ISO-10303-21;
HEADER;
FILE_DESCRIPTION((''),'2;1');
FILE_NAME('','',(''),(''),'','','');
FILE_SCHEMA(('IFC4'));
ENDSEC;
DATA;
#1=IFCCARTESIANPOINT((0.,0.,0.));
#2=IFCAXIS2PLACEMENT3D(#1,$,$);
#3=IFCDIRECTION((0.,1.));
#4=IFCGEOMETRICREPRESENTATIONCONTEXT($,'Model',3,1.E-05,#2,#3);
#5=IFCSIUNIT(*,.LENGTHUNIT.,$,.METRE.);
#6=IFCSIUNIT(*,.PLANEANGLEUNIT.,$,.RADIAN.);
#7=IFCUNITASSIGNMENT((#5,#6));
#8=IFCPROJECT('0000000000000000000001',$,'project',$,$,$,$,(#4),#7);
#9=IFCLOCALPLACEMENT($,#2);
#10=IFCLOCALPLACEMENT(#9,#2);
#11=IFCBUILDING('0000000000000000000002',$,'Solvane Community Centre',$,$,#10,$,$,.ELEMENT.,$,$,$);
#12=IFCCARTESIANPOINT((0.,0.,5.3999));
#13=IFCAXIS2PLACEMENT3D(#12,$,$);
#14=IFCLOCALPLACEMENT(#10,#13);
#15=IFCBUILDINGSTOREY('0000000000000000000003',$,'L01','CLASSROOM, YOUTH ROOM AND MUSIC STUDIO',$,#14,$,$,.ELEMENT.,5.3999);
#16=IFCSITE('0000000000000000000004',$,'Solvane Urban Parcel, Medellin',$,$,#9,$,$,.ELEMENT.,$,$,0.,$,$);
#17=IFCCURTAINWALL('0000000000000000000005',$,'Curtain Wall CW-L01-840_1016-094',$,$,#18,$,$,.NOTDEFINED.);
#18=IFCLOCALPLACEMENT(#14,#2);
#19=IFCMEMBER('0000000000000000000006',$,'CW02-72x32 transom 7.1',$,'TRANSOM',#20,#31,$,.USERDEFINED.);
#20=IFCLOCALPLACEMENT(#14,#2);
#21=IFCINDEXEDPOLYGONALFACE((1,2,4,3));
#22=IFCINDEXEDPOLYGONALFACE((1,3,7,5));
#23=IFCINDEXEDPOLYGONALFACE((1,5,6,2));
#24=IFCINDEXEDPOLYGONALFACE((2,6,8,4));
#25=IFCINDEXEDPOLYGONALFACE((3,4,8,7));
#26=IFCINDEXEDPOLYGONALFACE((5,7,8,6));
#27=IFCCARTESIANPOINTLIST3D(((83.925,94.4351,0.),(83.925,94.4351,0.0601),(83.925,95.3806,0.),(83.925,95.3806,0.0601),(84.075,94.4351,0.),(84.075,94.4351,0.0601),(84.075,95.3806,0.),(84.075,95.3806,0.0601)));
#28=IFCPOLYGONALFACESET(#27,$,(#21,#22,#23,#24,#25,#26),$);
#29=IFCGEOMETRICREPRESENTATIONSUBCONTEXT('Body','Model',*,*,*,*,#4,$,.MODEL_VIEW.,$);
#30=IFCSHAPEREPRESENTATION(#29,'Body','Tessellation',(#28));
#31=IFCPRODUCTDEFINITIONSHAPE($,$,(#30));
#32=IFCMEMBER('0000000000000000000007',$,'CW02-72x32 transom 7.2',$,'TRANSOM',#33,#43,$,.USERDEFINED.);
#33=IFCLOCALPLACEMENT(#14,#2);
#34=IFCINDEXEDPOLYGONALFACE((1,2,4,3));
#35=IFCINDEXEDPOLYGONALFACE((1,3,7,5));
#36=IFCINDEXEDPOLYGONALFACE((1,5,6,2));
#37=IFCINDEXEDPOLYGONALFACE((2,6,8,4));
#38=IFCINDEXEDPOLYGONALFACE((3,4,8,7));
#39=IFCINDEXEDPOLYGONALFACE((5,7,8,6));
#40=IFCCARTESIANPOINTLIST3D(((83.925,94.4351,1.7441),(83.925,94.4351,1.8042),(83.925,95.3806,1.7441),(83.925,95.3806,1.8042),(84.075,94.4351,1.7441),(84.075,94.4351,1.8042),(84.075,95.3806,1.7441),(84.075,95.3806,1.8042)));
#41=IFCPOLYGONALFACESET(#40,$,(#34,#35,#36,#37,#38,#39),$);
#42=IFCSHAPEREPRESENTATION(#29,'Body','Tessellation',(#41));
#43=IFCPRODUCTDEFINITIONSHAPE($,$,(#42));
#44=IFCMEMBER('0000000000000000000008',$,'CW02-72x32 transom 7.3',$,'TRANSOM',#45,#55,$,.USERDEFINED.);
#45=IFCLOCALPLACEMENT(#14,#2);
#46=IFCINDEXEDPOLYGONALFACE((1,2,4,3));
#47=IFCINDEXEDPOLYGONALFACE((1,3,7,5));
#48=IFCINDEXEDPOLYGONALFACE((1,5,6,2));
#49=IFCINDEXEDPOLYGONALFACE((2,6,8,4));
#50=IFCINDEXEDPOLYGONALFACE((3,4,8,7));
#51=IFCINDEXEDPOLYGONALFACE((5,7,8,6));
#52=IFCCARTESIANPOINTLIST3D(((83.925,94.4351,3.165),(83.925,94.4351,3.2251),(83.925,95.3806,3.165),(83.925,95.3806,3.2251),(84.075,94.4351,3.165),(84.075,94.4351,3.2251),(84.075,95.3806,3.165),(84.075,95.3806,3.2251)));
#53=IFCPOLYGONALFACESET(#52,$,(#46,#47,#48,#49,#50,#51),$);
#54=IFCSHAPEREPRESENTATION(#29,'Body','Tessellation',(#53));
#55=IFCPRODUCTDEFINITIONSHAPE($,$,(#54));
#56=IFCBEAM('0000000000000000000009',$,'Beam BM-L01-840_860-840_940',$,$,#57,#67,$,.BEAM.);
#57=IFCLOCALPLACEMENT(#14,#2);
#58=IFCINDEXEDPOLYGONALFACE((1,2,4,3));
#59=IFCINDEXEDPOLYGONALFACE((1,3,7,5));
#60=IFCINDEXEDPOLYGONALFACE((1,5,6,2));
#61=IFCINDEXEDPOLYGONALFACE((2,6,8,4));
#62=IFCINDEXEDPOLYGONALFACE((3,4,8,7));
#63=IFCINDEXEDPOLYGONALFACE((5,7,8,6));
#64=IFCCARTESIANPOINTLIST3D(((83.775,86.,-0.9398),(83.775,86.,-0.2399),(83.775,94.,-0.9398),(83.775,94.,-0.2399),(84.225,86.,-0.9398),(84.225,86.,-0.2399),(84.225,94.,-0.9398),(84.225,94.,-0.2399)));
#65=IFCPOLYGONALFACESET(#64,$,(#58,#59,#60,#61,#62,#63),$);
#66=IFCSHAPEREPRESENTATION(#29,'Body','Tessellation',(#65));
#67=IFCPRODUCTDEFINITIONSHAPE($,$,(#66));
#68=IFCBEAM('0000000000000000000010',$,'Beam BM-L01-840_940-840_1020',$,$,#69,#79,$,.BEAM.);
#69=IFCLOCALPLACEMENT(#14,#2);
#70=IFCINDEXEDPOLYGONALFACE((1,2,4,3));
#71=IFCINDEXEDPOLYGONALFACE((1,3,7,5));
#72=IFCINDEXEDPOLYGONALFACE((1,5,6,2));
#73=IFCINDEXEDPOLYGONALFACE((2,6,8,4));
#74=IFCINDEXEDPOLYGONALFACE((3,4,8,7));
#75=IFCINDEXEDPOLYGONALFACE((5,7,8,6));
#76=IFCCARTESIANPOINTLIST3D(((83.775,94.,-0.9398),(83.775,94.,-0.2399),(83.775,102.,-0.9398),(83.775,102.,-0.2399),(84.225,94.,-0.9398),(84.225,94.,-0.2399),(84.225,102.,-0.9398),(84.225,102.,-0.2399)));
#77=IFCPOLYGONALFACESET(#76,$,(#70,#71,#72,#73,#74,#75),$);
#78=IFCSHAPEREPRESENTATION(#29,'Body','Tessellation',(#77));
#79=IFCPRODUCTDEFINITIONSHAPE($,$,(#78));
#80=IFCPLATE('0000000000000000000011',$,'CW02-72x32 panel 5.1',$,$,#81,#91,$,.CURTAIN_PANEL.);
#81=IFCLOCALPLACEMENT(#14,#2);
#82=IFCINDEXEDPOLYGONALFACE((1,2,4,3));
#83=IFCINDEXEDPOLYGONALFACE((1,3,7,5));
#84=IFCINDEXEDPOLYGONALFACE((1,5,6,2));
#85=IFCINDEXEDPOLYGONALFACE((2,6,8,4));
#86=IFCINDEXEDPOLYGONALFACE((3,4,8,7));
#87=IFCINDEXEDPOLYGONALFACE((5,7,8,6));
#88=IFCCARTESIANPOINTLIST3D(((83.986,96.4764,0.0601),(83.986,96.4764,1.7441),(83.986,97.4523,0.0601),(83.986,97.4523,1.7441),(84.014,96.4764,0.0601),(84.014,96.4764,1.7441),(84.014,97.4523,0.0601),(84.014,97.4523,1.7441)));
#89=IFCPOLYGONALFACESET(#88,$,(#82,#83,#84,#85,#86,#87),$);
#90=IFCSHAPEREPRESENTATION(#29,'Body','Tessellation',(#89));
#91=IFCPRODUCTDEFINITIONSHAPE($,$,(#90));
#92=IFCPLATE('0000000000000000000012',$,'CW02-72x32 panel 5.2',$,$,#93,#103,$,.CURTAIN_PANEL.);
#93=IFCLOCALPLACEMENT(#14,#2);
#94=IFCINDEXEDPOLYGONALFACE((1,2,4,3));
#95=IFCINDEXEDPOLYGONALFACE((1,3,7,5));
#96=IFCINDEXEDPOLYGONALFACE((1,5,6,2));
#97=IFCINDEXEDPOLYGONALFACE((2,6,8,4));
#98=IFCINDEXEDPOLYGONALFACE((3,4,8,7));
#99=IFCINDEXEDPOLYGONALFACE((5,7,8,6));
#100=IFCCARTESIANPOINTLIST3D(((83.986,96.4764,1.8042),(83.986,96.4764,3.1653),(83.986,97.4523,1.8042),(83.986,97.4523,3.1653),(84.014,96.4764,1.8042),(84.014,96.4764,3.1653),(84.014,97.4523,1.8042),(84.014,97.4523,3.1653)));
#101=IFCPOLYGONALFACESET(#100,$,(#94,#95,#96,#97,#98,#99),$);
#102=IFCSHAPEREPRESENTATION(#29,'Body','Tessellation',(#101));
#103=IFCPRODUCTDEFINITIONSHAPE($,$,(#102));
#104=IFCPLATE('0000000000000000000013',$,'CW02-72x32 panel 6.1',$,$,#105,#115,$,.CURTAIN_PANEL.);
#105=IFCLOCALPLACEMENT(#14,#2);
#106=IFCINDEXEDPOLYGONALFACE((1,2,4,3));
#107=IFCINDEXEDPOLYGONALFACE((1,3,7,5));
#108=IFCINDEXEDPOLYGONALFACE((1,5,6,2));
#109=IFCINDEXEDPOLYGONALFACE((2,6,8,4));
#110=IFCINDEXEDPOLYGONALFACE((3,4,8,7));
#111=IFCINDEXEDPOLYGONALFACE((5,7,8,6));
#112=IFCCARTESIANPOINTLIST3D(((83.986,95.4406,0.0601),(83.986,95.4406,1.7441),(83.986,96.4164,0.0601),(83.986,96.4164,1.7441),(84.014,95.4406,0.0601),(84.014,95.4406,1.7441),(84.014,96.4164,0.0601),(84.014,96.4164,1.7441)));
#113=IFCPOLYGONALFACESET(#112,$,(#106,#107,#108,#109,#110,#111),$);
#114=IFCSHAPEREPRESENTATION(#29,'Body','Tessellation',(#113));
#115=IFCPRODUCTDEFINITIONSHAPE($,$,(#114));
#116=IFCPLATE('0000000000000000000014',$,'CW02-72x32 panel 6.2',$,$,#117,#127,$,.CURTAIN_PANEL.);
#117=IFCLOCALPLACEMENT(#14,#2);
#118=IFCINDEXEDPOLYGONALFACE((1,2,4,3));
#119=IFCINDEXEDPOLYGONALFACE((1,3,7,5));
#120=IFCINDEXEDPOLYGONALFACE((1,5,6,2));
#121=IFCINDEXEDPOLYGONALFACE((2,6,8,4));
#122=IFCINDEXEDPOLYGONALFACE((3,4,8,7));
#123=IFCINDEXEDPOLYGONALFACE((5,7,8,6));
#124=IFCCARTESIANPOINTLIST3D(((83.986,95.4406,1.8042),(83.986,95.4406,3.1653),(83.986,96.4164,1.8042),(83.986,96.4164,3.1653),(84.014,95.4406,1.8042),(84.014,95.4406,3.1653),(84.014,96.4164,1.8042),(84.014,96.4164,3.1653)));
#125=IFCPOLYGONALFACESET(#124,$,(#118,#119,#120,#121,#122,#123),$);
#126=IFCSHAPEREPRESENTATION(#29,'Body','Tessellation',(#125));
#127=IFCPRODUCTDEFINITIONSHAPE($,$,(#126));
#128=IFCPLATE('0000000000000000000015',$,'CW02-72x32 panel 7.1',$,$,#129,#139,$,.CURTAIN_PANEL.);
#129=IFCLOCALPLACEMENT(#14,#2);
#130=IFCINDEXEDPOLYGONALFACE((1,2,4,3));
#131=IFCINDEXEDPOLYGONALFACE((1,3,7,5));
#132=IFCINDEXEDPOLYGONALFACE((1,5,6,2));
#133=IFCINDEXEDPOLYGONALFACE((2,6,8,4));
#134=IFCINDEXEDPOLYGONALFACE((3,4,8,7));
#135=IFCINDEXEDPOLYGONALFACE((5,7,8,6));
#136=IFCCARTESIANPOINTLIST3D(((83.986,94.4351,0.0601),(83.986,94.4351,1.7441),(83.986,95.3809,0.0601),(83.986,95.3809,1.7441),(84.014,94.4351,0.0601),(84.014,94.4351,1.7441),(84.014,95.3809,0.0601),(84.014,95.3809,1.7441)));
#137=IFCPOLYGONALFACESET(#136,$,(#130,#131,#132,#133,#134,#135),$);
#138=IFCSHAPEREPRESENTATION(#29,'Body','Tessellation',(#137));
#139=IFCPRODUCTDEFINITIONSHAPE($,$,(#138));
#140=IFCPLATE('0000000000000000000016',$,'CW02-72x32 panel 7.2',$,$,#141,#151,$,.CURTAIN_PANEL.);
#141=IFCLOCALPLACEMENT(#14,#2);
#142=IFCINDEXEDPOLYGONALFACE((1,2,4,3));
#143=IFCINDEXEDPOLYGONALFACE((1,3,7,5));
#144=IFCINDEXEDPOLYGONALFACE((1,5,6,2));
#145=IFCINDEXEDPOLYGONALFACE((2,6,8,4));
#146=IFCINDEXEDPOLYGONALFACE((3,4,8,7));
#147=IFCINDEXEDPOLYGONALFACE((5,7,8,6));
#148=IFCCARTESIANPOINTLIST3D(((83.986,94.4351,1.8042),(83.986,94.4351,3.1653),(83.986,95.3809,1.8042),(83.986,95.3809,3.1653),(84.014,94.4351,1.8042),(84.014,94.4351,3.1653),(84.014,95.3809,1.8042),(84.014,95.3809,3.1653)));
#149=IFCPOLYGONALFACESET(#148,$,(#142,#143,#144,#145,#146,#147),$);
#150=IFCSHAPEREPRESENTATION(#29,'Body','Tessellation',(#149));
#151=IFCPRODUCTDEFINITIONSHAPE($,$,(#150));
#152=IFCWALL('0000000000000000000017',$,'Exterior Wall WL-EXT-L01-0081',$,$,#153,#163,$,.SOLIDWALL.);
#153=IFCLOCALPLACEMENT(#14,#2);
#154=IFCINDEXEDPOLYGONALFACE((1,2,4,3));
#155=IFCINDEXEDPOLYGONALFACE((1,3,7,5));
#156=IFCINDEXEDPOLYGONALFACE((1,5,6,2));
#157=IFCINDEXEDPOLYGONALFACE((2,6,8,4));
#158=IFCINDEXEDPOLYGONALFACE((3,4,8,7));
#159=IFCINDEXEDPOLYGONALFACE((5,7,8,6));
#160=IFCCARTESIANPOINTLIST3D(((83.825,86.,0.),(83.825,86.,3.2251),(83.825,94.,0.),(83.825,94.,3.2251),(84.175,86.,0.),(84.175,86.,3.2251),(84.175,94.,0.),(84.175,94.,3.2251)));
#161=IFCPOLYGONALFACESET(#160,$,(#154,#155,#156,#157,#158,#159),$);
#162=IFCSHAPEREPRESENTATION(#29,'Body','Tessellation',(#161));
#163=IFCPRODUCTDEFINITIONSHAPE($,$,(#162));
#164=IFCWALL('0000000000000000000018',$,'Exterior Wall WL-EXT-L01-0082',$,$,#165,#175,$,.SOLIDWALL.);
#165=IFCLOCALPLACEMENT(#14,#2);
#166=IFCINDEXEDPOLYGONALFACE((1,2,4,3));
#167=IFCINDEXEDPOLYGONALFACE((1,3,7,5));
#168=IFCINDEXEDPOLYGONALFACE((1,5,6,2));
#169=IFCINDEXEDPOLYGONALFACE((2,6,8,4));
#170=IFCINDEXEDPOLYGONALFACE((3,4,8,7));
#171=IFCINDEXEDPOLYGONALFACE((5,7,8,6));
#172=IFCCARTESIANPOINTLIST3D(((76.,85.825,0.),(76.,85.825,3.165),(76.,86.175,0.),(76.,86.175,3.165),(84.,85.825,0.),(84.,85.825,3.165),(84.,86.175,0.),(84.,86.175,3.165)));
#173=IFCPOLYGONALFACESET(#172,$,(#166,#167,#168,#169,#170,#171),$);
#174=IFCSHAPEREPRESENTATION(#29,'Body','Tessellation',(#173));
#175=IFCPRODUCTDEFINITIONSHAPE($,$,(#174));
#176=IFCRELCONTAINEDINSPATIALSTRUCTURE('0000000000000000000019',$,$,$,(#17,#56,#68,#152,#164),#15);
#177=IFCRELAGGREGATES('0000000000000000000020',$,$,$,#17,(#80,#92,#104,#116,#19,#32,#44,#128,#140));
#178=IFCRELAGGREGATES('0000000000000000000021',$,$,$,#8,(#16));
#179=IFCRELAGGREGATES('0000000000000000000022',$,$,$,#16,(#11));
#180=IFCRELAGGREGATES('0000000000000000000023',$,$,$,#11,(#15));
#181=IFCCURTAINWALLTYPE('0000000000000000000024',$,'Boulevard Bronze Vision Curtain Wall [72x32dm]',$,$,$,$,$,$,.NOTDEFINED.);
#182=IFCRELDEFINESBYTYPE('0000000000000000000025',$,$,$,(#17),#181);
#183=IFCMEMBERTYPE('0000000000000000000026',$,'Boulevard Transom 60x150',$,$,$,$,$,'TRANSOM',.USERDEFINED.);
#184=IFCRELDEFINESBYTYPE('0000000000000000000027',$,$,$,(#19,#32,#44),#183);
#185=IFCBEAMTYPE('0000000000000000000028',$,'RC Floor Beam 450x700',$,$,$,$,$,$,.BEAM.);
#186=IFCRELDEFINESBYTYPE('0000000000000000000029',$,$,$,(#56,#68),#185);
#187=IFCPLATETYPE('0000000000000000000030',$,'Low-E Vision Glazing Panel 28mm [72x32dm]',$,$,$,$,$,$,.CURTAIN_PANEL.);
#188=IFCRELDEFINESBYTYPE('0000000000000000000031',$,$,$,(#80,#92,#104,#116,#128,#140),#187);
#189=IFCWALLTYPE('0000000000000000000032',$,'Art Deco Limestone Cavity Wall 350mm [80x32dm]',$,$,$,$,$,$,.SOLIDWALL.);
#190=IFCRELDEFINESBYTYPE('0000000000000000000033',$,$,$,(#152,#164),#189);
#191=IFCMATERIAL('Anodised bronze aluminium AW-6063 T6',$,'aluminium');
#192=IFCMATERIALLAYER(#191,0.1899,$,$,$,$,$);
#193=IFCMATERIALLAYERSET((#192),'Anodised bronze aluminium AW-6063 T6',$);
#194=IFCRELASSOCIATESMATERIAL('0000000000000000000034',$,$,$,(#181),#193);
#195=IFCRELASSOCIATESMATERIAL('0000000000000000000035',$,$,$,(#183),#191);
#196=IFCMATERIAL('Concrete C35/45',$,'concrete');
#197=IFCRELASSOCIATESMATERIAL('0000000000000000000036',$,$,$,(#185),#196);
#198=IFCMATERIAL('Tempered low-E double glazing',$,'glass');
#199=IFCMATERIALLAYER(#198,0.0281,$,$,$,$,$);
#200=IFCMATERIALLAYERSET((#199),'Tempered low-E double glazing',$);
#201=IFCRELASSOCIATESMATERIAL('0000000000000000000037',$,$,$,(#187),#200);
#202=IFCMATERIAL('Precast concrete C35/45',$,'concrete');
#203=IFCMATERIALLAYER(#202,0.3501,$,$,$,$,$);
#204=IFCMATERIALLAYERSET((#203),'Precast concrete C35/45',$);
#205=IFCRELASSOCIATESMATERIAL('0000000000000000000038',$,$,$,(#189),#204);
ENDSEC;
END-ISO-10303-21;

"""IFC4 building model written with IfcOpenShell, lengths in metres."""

from ifc_helpers import new_model, si_unit, direction, frame, frame_2d, origin, origin_2d, place, context, subcontext, project, spatial, rectangle, extrude, material, layer, layer_set, material_profile, profile_set, type_object, element, aggregate, save


model = new_model("IFC4")

# Units and contexts
model_context = context("Model", 3, precision=1e-05, world=origin(), true_north=direction((0.0, 1.0)))
body_context = subcontext(model_context, "Body", "Model", "MODEL_VIEW")
ifc_project = project(units=[si_unit("LENGTHUNIT", "METRE"), si_unit("PLANEANGLEUNIT", "RADIAN")], contexts=[model_context])

# Site, building, storey
site_placement = place(None, origin())
site = spatial("IfcSite", under=ifc_project, at=site_placement, Name="Solvane Urban Parcel, Medellin", CompositionType="ELEMENT", RefElevation=0.0)
building_placement = place(site_placement, origin())
building = spatial("IfcBuilding", under=site, at=building_placement, Name="Solvane Community Centre", CompositionType="ELEMENT")
storey_placement = place(building_placement, frame((0.0, 0.0, 5.3999)))
storey = spatial("IfcBuildingStorey", under=building, at=storey_placement, Name="L01", Description="CLASSROOM, YOUTH ROOM AND MUSIC STUDIO", CompositionType="ELEMENT", Elevation=5.3999)

# Shared definitions
ifc_material_1 = material(Name="Concrete C35/45", Category="concrete")

# Curtain wall, members
ifc_material_2 = material(Name="Anodised bronze aluminium AW-6063 T6", Category="aluminium")
ifc_layer_1 = layer(ifc_material_2, 0.1899)
ifc_layer_set_1 = layer_set([ifc_layer_1], Name="Anodised bronze aluminium AW-6063 T6")
curtain_wall_type = type_object("IfcCurtainWallType", Name="Boulevard Bronze Vision Curtain Wall [72x32dm]", PredefinedType="NOTDEFINED", material=ifc_layer_set_1)
curtain_wall_placement = place(storey_placement, origin())
curtain_wall = element("IfcCurtainWall", 1, at=curtain_wall_placement, inside=storey, type_object=curtain_wall_type, Name="Curtain Wall CW-L01-840_1016-094", PredefinedType="NOTDEFINED")
ifc_material_profile_1 = material_profile(ifc_material_2, rectangle(XDim=0.1499, YDim=0.0601, at=origin_2d()), Name="CW-T 60x150")
ifc_profile_set_1 = profile_set([ifc_material_profile_1], Name="Anodised bronze aluminium AW-6063 T6")
member_type_1 = type_object("IfcMemberType", Name="Boulevard Transom 60x150", ElementType="TRANSOM", PredefinedType="USERDEFINED", material=ifc_profile_set_1)
member_1_placement = place(storey_placement, frame((84.0, 95.3806, 0.03), z_axis=(0.0, -1.0, 0.0), x_axis=(1.0, 0.0, 0.0)))
member_1 = element("IfcMember", 2, at=member_1_placement, type_object=member_type_1, Name="CW02-72x32 transom 7.1", ObjectType="TRANSOM", PredefinedType="USERDEFINED", context=body_context, shape_type="SweptSolid", body=[
    extrude(rectangle(XDim=0.1499, YDim=0.0601, at=origin_2d()), origin(), (0.0, 0.0, 1.0), 0.9456),
])
member_2_placement = place(storey_placement, frame((84.0, 95.3806, 1.7742), z_axis=(0.0, -1.0, 0.0), x_axis=(1.0, 0.0, 0.0)))
member_2 = element("IfcMember", 3, at=member_2_placement, type_object=member_type_1, Name="CW02-72x32 transom 7.2", ObjectType="TRANSOM", PredefinedType="USERDEFINED", context=body_context, shape_type="SweptSolid", body=[
    extrude(rectangle(XDim=0.1499, YDim=0.0601, at=origin_2d()), origin(), (0.0, 0.0, 1.0), 0.9456),
])
member_3_placement = place(storey_placement, frame((84.0, 95.3806, 3.1951), z_axis=(0.0, -1.0, 0.0), x_axis=(1.0, 0.0, 0.0)))
member_3 = element("IfcMember", 4, at=member_3_placement, type_object=member_type_1, Name="CW02-72x32 transom 7.3", ObjectType="TRANSOM", PredefinedType="USERDEFINED", context=body_context, shape_type="SweptSolid", body=[
    extrude(rectangle(XDim=0.1499, YDim=0.0601, at=origin_2d()), origin(), (0.0, 0.0, 1.0), 0.9456),
])

# Beams
ifc_material_profile_2 = material_profile(ifc_material_1, rectangle(XDim=0.45, YDim=0.7, at=origin_2d()), Name="RC 450x700")
ifc_profile_set_2 = profile_set([ifc_material_profile_2], Name="Concrete C35/45")
beam_type = type_object("IfcBeamType", Name="RC Floor Beam 450x700", PredefinedType="BEAM", material=ifc_profile_set_2)
for number, where, z_axis, x_axis, name in (
    (5, (84.0, 86.0, -0.5898), (0.0, 1.0, 0.0), (-1.0, 0.0, 0.0), "Beam BM-L01-840_860-840_940"),
    (6, (84.0, 94.0, -0.5898), (0.0, 1.0, 0.0), (-1.0, 0.0, 0.0), "Beam BM-L01-840_940-840_1020"),
):
    element("IfcBeam", number, at=place(storey_placement, frame(where, z_axis=z_axis, x_axis=x_axis)), inside=storey, type_object=beam_type, Name=name, PredefinedType="BEAM", context=body_context, shape_type="SweptSolid", body=[
        extrude(rectangle(XDim=0.45, YDim=0.7, at=origin_2d()), origin(), (0.0, 0.0, 1.0), 8.0),
    ])

# Plates
ifc_material_3 = material(Name="Tempered low-E double glazing", Category="glass")
ifc_layer_2 = layer(ifc_material_3, 0.0281)
ifc_layer_set_2 = layer_set([ifc_layer_2], Name="Tempered low-E double glazing")
plate_type = type_object("IfcPlateType", Name="Low-E Vision Glazing Panel 28mm [72x32dm]", PredefinedType="CURTAIN_PANEL", material=ifc_layer_set_2)
plate_1_placement = place(storey_placement, frame((84.0, 96.9644, 0.0601), z_axis=(0.0, 0.0, 1.0), x_axis=(0.0, -1.0, 0.0)))
plate_1 = element("IfcPlate", 7, at=plate_1_placement, type_object=plate_type, Name="CW02-72x32 panel 5.1", PredefinedType="CURTAIN_PANEL", context=body_context, shape_type="SweptSolid", body=[
    extrude(rectangle(XDim=0.9758, YDim=0.0281, at=origin_2d()), origin(), (0.0, 0.0, 1.0), 1.6841),
])
plate_2_placement = place(storey_placement, frame((84.0, 96.9644, 1.8042), z_axis=(0.0, 0.0, 1.0), x_axis=(0.0, -1.0, 0.0)))
plate_2 = element("IfcPlate", 8, at=plate_2_placement, type_object=plate_type, Name="CW02-72x32 panel 5.2", PredefinedType="CURTAIN_PANEL", context=body_context, shape_type="SweptSolid", body=[
    extrude(rectangle(XDim=0.9758, YDim=0.0281, at=origin_2d()), origin(), (0.0, 0.0, 1.0), 1.3611),
])
plate_3_placement = place(storey_placement, frame((84.0, 95.9285, 0.0601), z_axis=(0.0, 0.0, 1.0), x_axis=(0.0, -1.0, 0.0)))
plate_3 = element("IfcPlate", 9, at=plate_3_placement, type_object=plate_type, Name="CW02-72x32 panel 6.1", PredefinedType="CURTAIN_PANEL", context=body_context, shape_type="SweptSolid", body=[
    extrude(rectangle(XDim=0.9758, YDim=0.0281, at=origin_2d()), origin(), (0.0, 0.0, 1.0), 1.6841),
])
plate_4_placement = place(storey_placement, frame((84.0, 95.9285, 1.8042), z_axis=(0.0, 0.0, 1.0), x_axis=(0.0, -1.0, 0.0)))
plate_4 = element("IfcPlate", 10, at=plate_4_placement, type_object=plate_type, Name="CW02-72x32 panel 6.2", PredefinedType="CURTAIN_PANEL", context=body_context, shape_type="SweptSolid", body=[
    extrude(rectangle(XDim=0.9758, YDim=0.0281, at=origin_2d()), origin(), (0.0, 0.0, 1.0), 1.3611),
])
plate_5_placement = place(storey_placement, frame((84.0, 94.908, 0.0601), z_axis=(0.0, 0.0, 1.0), x_axis=(0.0, -1.0, 0.0)))
plate_5 = element("IfcPlate", 11, at=plate_5_placement, type_object=plate_type, Name="CW02-72x32 panel 7.1", PredefinedType="CURTAIN_PANEL", context=body_context, shape_type="SweptSolid", body=[
    extrude(rectangle(XDim=0.9458, YDim=0.0281, at=origin_2d()), origin(), (0.0, 0.0, 1.0), 1.6841),
])
plate_6_placement = place(storey_placement, frame((84.0, 94.908, 1.8042), z_axis=(0.0, 0.0, 1.0), x_axis=(0.0, -1.0, 0.0)))
plate_6 = element("IfcPlate", 12, at=plate_6_placement, type_object=plate_type, Name="CW02-72x32 panel 7.2", PredefinedType="CURTAIN_PANEL", context=body_context, shape_type="SweptSolid", body=[
    extrude(rectangle(XDim=0.9458, YDim=0.0281, at=origin_2d()), origin(), (0.0, 0.0, 1.0), 1.3611),
])
aggregate(curtain_wall, [plate_1, plate_2, plate_3, plate_4, member_1, member_2, member_3, plate_5, plate_6])

# Walls
ifc_material_4 = material(Name="Precast concrete C35/45", Category="concrete")
ifc_layer_3 = layer(ifc_material_4, 0.3501)
ifc_layer_set_3 = layer_set([ifc_layer_3], Name="Precast concrete C35/45")
wall_type_1 = type_object("IfcWallType", Name="Art Deco Limestone Cavity Wall 350mm [80x32dm]", PredefinedType="SOLIDWALL", material=ifc_layer_set_3)
wall_1_placement = place(storey_placement, frame((84.0, 94.0, 0.0), z_axis=(0.0, 0.0, 1.0), x_axis=(0.0, -1.0, 0.0)))
element("IfcWall", 13, at=wall_1_placement, inside=storey, type_object=wall_type_1, Name="Exterior Wall WL-EXT-L01-0081", PredefinedType="SOLIDWALL", context=body_context, shape_type="SweptSolid", body=[
    extrude(rectangle(XDim=8.0, YDim=0.3501, at=frame_2d((4.0, 0.0))), origin(), (0.0, 0.0, 1.0), 3.2251),
])
wall_2_placement = place(storey_placement, frame((84.0, 86.0, 0.0), z_axis=(0.0, 0.0, 1.0), x_axis=(-1.0, 0.0, 0.0)))
element("IfcWall", 14, at=wall_2_placement, inside=storey, type_object=wall_type_1, Name="Exterior Wall WL-EXT-L01-0082", PredefinedType="SOLIDWALL", context=body_context, shape_type="SweptSolid", body=[
    extrude(rectangle(XDim=8.0, YDim=0.3501, at=frame_2d((4.0, 0.0))), origin(), (0.0, 0.0, 1.0), 3.165),
])

save(model, "model.ifc")
